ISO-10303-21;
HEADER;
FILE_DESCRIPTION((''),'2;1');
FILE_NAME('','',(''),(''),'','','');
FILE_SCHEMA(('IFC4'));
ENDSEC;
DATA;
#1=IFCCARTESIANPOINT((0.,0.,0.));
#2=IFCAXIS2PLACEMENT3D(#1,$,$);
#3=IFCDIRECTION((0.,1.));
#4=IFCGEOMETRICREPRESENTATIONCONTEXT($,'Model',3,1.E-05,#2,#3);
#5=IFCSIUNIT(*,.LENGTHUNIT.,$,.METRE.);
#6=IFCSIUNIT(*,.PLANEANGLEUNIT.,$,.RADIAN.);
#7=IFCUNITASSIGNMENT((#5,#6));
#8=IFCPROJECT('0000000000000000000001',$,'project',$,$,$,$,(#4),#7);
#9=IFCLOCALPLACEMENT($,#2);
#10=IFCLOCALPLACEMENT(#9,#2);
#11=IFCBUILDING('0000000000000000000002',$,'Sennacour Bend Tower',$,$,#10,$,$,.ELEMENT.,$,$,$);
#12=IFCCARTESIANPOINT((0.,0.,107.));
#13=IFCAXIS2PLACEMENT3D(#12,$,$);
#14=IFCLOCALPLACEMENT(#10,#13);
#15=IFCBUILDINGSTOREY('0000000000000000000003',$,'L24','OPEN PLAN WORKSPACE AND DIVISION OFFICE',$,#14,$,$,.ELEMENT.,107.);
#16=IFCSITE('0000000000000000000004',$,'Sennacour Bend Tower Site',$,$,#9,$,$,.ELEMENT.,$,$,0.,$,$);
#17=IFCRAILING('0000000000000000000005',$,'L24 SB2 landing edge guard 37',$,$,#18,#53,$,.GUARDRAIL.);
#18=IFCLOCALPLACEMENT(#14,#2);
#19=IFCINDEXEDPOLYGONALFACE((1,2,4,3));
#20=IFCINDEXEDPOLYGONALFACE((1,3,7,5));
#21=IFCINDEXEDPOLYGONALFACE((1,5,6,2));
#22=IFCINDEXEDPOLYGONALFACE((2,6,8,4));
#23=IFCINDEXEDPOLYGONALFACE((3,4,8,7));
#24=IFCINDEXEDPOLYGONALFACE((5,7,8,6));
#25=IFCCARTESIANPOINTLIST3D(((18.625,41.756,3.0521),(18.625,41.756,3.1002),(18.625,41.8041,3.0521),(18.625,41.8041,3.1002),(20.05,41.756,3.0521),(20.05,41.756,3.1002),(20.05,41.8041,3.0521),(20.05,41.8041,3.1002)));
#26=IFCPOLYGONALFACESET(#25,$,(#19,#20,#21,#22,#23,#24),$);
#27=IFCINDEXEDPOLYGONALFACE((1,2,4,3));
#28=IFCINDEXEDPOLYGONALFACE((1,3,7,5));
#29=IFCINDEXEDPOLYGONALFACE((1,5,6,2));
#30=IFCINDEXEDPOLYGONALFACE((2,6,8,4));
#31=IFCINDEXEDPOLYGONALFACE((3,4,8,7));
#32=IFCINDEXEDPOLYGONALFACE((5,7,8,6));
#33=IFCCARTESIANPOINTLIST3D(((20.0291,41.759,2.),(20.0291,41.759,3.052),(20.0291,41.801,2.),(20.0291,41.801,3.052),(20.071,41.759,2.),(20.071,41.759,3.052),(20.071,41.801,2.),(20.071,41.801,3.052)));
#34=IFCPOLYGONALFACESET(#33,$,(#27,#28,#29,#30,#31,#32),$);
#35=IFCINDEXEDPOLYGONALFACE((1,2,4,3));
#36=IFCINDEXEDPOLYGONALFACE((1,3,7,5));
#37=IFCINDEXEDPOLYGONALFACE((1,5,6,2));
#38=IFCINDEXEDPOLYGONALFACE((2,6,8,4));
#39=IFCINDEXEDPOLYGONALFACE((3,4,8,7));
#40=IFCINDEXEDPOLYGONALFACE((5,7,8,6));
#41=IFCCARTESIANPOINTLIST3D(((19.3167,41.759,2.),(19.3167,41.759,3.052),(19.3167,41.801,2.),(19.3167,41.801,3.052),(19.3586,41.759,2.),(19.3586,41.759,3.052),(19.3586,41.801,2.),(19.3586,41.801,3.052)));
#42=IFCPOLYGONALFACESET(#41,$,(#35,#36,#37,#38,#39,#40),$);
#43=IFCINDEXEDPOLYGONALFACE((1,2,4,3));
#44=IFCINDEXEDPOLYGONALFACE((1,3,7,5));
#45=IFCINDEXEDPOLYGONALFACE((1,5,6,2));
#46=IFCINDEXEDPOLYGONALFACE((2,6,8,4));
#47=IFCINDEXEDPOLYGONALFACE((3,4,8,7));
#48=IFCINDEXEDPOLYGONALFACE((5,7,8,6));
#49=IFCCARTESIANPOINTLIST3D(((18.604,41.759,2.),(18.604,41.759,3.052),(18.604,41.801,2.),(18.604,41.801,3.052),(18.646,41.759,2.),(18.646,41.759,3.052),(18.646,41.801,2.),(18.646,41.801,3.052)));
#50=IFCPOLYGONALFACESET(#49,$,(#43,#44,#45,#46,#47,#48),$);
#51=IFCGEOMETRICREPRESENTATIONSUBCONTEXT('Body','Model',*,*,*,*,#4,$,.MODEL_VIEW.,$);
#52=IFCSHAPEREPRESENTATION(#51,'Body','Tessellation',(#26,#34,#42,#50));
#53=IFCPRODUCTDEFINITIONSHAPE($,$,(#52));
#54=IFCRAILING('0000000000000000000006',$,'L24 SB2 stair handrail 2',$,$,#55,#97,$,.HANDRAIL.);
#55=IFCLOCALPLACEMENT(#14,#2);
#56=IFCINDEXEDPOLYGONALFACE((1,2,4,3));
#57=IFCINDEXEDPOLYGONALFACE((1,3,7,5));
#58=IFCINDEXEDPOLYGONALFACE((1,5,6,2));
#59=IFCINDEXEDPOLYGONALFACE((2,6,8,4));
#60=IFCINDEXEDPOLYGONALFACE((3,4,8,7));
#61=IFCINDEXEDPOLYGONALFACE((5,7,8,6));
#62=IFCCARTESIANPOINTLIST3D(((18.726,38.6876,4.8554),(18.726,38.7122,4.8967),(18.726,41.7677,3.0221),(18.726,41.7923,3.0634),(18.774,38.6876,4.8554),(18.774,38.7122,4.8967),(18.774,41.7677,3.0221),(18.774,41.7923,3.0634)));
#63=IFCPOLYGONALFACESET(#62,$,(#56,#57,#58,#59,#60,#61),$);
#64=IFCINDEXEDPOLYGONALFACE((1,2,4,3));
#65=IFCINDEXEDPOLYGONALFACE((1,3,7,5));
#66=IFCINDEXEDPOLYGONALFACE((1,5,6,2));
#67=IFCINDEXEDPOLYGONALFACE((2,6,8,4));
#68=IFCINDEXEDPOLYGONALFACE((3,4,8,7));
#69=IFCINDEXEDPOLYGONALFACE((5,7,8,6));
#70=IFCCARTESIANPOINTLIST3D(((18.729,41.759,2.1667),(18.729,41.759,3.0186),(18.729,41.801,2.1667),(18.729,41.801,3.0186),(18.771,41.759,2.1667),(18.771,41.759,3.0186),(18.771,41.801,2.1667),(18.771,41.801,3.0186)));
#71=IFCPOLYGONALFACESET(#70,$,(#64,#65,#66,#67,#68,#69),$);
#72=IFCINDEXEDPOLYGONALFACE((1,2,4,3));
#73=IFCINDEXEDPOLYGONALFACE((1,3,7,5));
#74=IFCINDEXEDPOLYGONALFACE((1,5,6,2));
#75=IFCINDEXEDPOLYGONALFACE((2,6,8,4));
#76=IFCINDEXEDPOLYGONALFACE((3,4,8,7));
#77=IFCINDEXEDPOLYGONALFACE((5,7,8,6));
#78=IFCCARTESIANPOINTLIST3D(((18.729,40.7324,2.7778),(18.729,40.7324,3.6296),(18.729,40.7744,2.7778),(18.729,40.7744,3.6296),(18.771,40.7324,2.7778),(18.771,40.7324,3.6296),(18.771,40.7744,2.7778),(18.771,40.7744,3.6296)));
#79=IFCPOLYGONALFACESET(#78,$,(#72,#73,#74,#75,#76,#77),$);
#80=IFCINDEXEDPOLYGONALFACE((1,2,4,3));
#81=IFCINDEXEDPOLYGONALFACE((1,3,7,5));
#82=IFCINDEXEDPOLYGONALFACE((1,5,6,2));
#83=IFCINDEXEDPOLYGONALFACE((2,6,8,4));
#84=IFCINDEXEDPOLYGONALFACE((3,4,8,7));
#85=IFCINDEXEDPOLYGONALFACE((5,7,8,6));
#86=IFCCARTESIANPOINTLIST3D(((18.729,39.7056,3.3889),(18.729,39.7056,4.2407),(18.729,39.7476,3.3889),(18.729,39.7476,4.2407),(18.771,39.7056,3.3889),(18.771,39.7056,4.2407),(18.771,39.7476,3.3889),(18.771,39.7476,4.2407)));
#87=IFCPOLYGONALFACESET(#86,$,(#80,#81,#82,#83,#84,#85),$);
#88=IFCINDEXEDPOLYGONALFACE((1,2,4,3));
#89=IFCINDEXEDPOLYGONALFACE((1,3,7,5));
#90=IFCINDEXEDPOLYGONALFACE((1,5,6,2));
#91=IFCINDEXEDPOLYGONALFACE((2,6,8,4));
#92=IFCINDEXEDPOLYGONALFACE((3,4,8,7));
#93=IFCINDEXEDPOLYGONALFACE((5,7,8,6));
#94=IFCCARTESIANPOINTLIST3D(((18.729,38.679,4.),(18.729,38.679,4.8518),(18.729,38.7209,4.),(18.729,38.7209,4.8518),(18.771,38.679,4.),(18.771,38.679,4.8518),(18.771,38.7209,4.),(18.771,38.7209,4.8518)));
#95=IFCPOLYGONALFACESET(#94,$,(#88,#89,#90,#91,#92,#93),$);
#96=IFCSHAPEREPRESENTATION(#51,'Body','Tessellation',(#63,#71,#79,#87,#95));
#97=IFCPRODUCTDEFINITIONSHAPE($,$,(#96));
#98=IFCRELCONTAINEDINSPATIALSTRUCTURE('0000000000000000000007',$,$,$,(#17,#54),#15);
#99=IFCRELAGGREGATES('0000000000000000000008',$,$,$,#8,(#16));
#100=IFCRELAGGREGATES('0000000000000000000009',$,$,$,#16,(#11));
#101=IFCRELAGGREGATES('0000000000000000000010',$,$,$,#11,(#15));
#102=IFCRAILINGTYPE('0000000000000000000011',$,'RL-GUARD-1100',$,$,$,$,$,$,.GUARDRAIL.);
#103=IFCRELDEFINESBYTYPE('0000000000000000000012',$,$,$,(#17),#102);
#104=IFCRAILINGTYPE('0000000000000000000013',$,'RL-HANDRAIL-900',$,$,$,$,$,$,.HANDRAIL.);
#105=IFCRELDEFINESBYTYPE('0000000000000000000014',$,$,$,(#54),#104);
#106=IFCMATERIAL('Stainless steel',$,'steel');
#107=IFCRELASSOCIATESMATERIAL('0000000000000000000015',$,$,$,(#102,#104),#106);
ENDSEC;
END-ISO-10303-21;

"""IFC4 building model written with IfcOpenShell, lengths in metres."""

from ifc_helpers import new_model, si_unit, direction, frame, origin, origin_2d, place, context, subcontext, project, spatial, rectangle, extrude, material, type_object, element, save


model = new_model("IFC4")

# Units and contexts
model_context = context("Model", 3, precision=1e-05, world=origin(), true_north=direction((0.0, 1.0)))
body_context = subcontext(model_context, "Body", "Model", "MODEL_VIEW")
ifc_project = project(units=[si_unit("LENGTHUNIT", "METRE"), si_unit("PLANEANGLEUNIT", "RADIAN")], contexts=[model_context])

# Site, building, storey
site_placement = place(None, origin())
site = spatial("IfcSite", under=ifc_project, at=site_placement, Name="Sennacour Bend Tower Site", CompositionType="ELEMENT", RefElevation=0.0)
building_placement = place(site_placement, origin())
building = spatial("IfcBuilding", under=site, at=building_placement, Name="Sennacour Bend Tower", CompositionType="ELEMENT")
storey_placement = place(building_placement, frame((0.0, 0.0, 107.0)))
storey = spatial("IfcBuildingStorey", under=building, at=storey_placement, Name="L24", Description="OPEN PLAN WORKSPACE AND DIVISION OFFICE", CompositionType="ELEMENT", Elevation=107.0)

# Shared definitions
ifc_material_1 = material(Name="Stainless steel", Category="steel")

# Railings
railing_type_1 = type_object("IfcRailingType", Name="RL-GUARD-1100", PredefinedType="GUARDRAIL", material=ifc_material_1)
railing_1_placement = place(storey_placement, frame((20.05, 41.78, 2.0)))
element("IfcRailing", 1, at=railing_1_placement, inside=storey, type_object=railing_type_1, Name="L24 SB2 landing edge guard 37", PredefinedType="GUARDRAIL", context=body_context, shape_type="SweptSolid", body=[
    extrude(rectangle(XDim=0.0481, YDim=0.0481, at=origin_2d()), frame((0.0, 0.0, 1.0762), z_axis=(-1.0, 0.0, 0.0), x_axis=(0.0, -1.0, 0.0)), (0.0, 0.0, 1.0), 1.425),
    extrude(rectangle(XDim=0.042, YDim=0.042, at=origin_2d()), origin(), (0.0, 0.0, 1.0), 1.052),
    extrude(rectangle(XDim=0.042, YDim=0.042, at=origin_2d()), frame((-0.7124, 0.0, 0.0)), (0.0, 0.0, 1.0), 1.052),
    extrude(rectangle(XDim=0.042, YDim=0.042, at=origin_2d()), frame((-1.425, 0.0, 0.0)), (0.0, 0.0, 1.0), 1.052),
])
railing_type_2 = type_object("IfcRailingType", Name="RL-HANDRAIL-900", PredefinedType="HANDRAIL", material=ifc_material_1)
railing_2_placement = place(storey_placement, frame((18.75, 41.78, 2.1667)))
element("IfcRailing", 2, at=railing_2_placement, inside=storey, type_object=railing_type_2, Name="L24 SB2 stair handrail 2", PredefinedType="HANDRAIL", context=body_context, shape_type="SweptSolid", body=[
    extrude(rectangle(XDim=0.0481, YDim=0.0481, at=origin_2d()), frame((0.0, 0.0, 0.876), z_axis=(0.0, -0.859309, 0.511458), x_axis=(1.0, 0.0, 0.0)), (0.0, 0.0, 1.0), 3.5845),
    extrude(rectangle(XDim=0.042, YDim=0.042, at=origin_2d()), origin(), (0.0, 0.0, 1.0), 0.8518),
    extrude(rectangle(XDim=0.042, YDim=0.042, at=origin_2d()), frame((0.0, -1.0266, 0.6111)), (0.0, 0.0, 1.0), 0.8518),
    extrude(rectangle(XDim=0.042, YDim=0.042, at=origin_2d()), frame((0.0, -2.0535, 1.2222)), (0.0, 0.0, 1.0), 0.8518),
    extrude(rectangle(XDim=0.042, YDim=0.042, at=origin_2d()), frame((0.0, -3.0801, 1.8333)), (0.0, 0.0, 1.0), 0.8518),
])

save(model, "model.ifc")
